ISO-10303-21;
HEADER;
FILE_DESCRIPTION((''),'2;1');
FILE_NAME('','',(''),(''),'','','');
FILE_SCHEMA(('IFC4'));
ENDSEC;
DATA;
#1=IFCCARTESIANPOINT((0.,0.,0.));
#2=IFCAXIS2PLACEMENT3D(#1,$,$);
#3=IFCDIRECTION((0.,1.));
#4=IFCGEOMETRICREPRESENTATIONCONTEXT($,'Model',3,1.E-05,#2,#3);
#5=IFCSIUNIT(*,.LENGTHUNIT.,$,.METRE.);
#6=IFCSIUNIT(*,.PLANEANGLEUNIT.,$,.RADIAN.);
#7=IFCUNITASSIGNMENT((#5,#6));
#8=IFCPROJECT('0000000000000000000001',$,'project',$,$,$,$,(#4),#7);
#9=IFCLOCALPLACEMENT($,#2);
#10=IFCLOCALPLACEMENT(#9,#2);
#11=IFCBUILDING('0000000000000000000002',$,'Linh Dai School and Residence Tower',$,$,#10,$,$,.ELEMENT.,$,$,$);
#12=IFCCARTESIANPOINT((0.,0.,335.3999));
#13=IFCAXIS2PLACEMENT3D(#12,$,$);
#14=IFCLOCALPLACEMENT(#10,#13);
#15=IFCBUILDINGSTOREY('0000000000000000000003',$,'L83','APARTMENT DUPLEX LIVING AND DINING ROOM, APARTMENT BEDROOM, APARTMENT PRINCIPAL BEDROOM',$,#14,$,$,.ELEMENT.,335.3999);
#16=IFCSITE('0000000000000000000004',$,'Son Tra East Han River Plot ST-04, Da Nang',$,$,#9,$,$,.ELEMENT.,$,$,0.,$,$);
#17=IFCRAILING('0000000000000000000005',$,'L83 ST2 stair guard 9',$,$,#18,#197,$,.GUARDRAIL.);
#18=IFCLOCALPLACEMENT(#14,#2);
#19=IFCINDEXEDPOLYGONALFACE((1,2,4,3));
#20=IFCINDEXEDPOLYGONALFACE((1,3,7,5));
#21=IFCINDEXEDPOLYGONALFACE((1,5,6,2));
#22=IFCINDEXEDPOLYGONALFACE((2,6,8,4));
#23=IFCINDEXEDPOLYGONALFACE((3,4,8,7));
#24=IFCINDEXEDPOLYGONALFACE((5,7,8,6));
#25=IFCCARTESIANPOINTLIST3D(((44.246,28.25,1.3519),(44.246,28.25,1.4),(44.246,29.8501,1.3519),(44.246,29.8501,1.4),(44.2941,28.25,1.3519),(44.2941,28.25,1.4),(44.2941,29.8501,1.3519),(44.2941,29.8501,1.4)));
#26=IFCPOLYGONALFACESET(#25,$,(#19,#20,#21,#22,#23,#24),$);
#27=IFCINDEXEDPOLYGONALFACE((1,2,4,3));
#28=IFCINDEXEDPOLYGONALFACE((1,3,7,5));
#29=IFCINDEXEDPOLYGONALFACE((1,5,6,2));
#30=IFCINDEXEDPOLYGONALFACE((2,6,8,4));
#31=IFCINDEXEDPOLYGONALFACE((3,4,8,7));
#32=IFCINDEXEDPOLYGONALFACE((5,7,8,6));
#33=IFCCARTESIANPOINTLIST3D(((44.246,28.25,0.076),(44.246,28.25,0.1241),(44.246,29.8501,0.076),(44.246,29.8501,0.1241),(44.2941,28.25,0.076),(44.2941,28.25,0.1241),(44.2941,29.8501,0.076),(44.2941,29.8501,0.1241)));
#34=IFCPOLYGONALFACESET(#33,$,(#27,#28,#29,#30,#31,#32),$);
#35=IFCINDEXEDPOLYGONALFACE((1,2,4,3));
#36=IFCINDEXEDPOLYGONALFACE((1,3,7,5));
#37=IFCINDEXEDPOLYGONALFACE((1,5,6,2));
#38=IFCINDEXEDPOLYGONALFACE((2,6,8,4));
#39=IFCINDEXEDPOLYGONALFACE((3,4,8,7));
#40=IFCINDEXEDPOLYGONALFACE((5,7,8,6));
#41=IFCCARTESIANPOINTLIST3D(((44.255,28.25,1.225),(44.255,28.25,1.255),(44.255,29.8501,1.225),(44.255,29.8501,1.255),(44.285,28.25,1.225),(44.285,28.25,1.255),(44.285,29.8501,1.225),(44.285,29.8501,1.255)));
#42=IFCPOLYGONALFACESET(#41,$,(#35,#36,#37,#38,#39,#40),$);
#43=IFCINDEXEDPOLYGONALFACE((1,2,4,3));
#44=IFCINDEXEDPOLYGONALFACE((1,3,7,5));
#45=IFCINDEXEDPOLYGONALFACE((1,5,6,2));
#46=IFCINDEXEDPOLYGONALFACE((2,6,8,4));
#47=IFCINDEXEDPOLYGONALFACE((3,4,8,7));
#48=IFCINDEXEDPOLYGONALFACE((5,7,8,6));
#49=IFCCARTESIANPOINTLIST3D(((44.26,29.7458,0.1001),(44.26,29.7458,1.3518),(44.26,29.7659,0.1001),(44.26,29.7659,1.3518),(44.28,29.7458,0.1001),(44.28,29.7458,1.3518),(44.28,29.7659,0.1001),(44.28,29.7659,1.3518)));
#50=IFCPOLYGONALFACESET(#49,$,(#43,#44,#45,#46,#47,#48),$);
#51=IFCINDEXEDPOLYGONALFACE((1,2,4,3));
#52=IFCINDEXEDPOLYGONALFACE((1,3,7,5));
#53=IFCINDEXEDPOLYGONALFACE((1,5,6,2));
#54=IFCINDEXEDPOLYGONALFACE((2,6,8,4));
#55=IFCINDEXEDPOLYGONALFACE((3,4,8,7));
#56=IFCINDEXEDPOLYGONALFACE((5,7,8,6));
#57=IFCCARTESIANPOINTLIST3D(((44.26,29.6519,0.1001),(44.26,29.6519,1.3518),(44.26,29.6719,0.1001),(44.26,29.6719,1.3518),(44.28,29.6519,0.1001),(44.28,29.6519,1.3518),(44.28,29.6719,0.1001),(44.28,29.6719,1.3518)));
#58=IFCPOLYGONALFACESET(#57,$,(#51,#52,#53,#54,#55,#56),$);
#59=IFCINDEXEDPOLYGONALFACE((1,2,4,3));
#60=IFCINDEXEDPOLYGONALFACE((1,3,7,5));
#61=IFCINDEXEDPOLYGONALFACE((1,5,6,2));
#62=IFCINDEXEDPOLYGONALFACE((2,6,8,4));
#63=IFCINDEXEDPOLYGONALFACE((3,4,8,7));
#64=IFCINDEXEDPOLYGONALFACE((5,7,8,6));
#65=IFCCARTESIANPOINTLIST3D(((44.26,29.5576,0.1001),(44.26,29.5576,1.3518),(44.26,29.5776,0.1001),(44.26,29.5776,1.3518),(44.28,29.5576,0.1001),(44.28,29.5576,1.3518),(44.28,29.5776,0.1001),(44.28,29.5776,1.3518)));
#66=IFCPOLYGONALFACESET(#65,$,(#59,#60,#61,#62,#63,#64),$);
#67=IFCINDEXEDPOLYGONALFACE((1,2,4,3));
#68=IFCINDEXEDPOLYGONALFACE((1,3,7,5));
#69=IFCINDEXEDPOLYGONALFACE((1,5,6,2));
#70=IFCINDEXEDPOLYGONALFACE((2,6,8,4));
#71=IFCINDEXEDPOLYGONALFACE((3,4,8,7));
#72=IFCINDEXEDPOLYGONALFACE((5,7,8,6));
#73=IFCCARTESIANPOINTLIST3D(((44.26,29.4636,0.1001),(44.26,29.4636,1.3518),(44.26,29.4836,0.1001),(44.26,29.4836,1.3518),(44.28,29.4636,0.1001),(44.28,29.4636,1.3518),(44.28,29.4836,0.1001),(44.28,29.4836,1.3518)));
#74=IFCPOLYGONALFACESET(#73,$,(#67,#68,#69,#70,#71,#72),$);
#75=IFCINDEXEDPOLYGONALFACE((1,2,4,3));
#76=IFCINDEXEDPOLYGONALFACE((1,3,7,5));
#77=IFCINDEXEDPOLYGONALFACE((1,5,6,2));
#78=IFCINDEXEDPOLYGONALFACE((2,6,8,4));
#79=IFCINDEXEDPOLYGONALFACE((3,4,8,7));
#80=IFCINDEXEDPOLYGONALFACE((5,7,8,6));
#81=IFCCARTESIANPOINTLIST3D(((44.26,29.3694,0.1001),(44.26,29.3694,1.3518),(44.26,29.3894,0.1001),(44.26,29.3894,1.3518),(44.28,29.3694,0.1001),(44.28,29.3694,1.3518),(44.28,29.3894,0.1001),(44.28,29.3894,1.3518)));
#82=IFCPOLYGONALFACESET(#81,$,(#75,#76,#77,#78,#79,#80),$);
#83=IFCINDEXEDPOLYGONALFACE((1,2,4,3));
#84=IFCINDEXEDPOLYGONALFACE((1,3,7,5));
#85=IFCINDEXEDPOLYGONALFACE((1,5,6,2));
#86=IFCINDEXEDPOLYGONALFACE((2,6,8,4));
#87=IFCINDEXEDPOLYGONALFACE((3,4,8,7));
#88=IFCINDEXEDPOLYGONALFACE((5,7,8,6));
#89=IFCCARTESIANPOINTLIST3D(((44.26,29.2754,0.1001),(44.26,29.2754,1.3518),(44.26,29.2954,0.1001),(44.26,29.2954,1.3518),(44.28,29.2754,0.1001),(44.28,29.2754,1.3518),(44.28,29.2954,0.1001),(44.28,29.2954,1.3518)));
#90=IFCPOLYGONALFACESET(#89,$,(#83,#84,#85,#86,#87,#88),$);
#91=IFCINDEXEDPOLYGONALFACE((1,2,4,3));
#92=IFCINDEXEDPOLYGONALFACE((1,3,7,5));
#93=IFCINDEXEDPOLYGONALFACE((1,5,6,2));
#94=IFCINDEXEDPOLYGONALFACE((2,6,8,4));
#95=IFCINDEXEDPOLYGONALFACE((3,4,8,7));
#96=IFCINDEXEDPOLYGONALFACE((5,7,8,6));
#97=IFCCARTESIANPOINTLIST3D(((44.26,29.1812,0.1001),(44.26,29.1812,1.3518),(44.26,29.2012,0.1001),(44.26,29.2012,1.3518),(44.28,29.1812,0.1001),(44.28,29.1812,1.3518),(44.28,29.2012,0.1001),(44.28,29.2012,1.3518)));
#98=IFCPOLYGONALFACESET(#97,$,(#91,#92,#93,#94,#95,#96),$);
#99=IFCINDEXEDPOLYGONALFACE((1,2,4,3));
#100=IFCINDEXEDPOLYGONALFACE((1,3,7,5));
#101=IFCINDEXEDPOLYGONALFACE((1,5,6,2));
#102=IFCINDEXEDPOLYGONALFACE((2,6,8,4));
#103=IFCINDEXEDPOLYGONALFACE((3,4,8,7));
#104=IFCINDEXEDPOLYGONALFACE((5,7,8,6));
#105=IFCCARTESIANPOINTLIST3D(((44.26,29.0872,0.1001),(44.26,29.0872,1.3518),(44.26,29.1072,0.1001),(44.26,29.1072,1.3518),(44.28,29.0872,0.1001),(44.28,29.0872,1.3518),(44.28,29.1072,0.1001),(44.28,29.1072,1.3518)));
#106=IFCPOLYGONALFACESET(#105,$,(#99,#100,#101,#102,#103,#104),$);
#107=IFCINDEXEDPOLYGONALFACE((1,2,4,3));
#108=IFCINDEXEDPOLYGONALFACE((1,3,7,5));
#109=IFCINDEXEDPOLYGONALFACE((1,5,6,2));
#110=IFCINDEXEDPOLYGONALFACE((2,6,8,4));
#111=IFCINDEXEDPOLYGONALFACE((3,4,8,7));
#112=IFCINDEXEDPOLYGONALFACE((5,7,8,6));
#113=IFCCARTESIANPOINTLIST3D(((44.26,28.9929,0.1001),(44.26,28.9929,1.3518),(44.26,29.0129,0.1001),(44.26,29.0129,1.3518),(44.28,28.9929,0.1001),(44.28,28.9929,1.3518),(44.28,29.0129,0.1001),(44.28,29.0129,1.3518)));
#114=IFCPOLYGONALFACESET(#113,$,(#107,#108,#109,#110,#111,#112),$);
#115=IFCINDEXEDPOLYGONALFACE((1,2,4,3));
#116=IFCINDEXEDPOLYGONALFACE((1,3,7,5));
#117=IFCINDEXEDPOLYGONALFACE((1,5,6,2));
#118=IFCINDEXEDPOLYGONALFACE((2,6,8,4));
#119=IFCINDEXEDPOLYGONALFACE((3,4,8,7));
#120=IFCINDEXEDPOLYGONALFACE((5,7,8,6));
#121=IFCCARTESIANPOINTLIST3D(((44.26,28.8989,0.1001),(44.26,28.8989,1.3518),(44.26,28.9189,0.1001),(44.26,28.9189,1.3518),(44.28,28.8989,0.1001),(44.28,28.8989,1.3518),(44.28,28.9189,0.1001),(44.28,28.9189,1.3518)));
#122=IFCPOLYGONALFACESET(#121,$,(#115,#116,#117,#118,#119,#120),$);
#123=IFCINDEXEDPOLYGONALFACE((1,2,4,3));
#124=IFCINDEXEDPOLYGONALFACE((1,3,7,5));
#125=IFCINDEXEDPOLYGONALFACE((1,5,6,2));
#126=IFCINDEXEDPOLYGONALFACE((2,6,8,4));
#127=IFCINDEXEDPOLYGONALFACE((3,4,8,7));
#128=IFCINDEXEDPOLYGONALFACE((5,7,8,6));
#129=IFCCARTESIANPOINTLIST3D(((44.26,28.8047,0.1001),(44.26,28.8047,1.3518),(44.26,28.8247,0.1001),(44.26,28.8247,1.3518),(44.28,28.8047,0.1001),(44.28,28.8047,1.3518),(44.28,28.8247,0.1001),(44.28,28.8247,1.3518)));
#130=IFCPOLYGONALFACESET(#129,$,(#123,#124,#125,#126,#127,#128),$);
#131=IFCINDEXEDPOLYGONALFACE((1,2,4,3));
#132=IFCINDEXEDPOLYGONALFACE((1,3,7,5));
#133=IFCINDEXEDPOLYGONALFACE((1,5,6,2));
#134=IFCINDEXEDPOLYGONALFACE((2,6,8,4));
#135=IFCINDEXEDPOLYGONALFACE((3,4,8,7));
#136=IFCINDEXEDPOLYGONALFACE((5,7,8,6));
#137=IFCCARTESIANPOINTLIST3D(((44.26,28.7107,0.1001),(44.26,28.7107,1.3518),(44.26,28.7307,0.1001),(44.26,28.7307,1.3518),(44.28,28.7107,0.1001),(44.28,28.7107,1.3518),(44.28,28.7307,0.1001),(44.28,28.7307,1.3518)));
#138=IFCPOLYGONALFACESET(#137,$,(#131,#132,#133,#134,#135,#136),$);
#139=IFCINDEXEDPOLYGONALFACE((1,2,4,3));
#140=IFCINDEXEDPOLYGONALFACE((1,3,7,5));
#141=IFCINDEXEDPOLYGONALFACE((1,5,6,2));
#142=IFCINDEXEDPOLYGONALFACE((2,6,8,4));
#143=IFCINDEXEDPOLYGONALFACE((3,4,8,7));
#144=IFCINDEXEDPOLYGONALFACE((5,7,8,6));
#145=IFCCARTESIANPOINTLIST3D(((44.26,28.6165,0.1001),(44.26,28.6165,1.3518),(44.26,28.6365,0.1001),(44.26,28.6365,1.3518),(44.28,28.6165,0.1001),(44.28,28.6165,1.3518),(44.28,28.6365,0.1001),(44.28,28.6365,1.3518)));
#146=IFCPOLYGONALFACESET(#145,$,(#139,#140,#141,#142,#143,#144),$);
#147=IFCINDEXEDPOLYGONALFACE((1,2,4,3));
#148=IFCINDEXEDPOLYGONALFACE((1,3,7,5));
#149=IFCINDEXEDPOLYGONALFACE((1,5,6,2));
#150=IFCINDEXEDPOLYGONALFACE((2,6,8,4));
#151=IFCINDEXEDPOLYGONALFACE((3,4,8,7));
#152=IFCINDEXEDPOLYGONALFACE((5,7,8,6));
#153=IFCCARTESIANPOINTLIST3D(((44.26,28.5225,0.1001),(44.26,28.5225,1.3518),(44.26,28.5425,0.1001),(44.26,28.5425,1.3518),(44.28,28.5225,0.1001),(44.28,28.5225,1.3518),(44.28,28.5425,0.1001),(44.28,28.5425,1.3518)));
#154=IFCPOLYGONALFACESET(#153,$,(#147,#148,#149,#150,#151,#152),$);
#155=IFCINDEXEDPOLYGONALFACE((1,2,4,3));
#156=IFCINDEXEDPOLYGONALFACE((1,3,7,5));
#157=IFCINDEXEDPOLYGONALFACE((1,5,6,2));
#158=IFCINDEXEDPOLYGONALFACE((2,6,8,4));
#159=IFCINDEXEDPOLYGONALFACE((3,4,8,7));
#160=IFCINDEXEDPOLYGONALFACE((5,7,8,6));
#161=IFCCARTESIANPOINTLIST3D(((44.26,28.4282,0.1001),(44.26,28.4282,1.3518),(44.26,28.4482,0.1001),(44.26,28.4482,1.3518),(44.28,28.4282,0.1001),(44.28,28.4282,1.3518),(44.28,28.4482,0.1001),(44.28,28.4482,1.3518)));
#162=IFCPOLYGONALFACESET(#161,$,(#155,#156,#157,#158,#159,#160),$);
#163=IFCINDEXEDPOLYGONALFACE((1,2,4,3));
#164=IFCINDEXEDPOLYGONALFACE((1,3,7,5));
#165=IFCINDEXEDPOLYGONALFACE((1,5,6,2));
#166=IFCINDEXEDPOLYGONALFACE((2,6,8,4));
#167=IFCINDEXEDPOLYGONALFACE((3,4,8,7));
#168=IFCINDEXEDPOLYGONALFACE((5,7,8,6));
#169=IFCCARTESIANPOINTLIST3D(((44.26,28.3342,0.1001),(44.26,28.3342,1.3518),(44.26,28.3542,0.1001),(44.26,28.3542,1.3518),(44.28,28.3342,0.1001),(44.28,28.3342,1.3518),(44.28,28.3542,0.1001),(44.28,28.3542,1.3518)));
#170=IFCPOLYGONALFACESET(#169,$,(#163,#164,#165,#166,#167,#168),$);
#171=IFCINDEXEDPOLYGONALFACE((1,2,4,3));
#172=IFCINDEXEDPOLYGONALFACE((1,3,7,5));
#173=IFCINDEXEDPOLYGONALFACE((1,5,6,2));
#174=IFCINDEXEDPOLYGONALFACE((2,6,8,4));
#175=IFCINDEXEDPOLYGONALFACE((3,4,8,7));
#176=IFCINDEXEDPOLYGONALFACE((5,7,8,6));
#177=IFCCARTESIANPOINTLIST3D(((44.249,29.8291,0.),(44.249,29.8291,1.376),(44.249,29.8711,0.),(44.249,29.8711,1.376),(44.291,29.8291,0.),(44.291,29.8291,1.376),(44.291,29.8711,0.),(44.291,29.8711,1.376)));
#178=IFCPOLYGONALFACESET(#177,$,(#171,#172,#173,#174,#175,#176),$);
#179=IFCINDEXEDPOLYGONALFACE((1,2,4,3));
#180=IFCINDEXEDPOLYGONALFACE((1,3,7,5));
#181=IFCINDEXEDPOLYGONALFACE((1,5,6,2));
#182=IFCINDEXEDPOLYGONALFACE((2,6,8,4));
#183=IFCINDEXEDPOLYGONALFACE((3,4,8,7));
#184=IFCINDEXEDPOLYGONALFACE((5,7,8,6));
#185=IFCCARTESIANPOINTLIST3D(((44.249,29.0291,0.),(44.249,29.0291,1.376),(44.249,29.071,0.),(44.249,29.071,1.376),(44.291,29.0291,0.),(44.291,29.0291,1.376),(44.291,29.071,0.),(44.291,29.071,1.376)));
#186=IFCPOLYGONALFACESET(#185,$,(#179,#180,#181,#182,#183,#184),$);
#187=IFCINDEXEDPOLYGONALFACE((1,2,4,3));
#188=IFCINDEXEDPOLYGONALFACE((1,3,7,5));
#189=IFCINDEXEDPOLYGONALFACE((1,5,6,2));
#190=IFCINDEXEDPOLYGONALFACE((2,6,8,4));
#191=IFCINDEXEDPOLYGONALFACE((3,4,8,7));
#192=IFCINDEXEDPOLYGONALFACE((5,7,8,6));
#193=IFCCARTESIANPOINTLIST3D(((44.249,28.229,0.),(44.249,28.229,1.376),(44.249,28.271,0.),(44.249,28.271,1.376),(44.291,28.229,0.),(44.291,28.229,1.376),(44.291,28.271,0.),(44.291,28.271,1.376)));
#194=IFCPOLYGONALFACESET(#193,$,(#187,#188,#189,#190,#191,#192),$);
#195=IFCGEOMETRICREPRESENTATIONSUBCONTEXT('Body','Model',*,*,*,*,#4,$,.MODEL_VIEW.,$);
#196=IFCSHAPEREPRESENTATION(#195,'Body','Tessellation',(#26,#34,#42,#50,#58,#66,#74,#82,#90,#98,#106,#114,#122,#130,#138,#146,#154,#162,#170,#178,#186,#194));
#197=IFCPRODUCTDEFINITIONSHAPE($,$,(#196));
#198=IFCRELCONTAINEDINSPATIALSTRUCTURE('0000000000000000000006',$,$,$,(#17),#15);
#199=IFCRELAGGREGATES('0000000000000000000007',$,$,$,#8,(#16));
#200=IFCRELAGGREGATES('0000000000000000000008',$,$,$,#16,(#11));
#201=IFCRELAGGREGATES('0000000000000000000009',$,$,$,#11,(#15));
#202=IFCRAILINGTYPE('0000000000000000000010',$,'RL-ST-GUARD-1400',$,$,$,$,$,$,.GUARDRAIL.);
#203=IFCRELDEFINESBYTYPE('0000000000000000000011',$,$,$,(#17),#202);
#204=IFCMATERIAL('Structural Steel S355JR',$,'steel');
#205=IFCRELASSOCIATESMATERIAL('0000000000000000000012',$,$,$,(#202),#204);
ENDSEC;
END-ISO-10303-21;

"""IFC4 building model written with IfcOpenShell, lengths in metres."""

from ifc_helpers import new_model, si_unit, direction, frame, origin, origin_2d, place, context, subcontext, project, spatial, rectangle, extrude, source, transform, mapped, material, type_object, element, save


model = new_model("IFC4")

# Units and contexts
model_context = context("Model", 3, precision=1e-05, world=origin(), true_north=direction((0.0, 1.0)))
body_context = subcontext(model_context, "Body", "Model", "MODEL_VIEW")
ifc_project = project(units=[si_unit("LENGTHUNIT", "METRE"), si_unit("PLANEANGLEUNIT", "RADIAN")], contexts=[model_context])

# Site, building, storey
site_placement = place(None, origin())
site = spatial("IfcSite", under=ifc_project, at=site_placement, Name="Son Tra East Han River Plot ST-04, Da Nang", CompositionType="ELEMENT", RefElevation=0.0)
building_placement = place(site_placement, origin())
building = spatial("IfcBuilding", under=site, at=building_placement, Name="Linh Dai School and Residence Tower", CompositionType="ELEMENT")
storey_placement = place(building_placement, frame((0.0, 0.0, 335.3999)))
storey = spatial("IfcBuildingStorey", under=building, at=storey_placement, Name="L83", Description="APARTMENT DUPLEX LIVING AND DINING ROOM, APARTMENT BEDROOM, APARTMENT PRINCIPAL BEDROOM", CompositionType="ELEMENT", Elevation=335.3999)

# Shared definitions
ifc_material_1 = material(Name="Structural Steel S355JR", Category="steel")

# Railing
railing_type_1 = type_object("IfcRailingType", Name="RL-ST-GUARD-1400", PredefinedType="GUARDRAIL", material=ifc_material_1)
shared_shape_1 = source(origin(), body_context, "Body", "SweptSolid", [
    extrude(rectangle(XDim=0.0481, YDim=0.0481, at=origin_2d()), frame((0.0, 0.0, 1.376), z_axis=(0.0, -1.0, 0.0), x_axis=(1.0, 0.0, 0.0)), (0.0, 0.0, 1.0), 1.6001),
    extrude(rectangle(XDim=0.0481, YDim=0.0481, at=origin_2d()), frame((0.0, 0.0, 0.1001), z_axis=(0.0, -1.0, 0.0), x_axis=(1.0, 0.0, 0.0)), (0.0, 0.0, 1.0), 1.6001),
    extrude(rectangle(XDim=0.03, YDim=0.03, at=origin_2d()), frame((0.0, 0.0, 1.24), z_axis=(0.0, -1.0, 0.0), x_axis=(1.0, 0.0, 0.0)), (0.0, 0.0, 1.0), 1.6001),
    extrude(rectangle(XDim=0.02, YDim=0.02, at=origin_2d()), frame((0.0, -0.0942, 0.1001)), (0.0, 0.0, 1.0), 1.2517),
    extrude(rectangle(XDim=0.02, YDim=0.02, at=origin_2d()), frame((0.0, -0.1882, 0.1001)), (0.0, 0.0, 1.0), 1.2517),
    extrude(rectangle(XDim=0.02, YDim=0.02, at=origin_2d()), frame((0.0, -0.2825, 0.1001)), (0.0, 0.0, 1.0), 1.2517),
    extrude(rectangle(XDim=0.02, YDim=0.02, at=origin_2d()), frame((0.0, -0.3765, 0.1001)), (0.0, 0.0, 1.0), 1.2517),
    extrude(rectangle(XDim=0.02, YDim=0.02, at=origin_2d()), frame((0.0, -0.4707, 0.1001)), (0.0, 0.0, 1.0), 1.2517),
    extrude(rectangle(XDim=0.02, YDim=0.02, at=origin_2d()), frame((0.0, -0.5647, 0.1001)), (0.0, 0.0, 1.0), 1.2517),
    extrude(rectangle(XDim=0.02, YDim=0.02, at=origin_2d()), frame((0.0, -0.6589, 0.1001)), (0.0, 0.0, 1.0), 1.2517),
    extrude(rectangle(XDim=0.02, YDim=0.02, at=origin_2d()), frame((0.0, -0.7529, 0.1001)), (0.0, 0.0, 1.0), 1.2517),
    extrude(rectangle(XDim=0.02, YDim=0.02, at=origin_2d()), frame((0.0, -0.8472, 0.1001)), (0.0, 0.0, 1.0), 1.2517),
    extrude(rectangle(XDim=0.02, YDim=0.02, at=origin_2d()), frame((0.0, -0.9412, 0.1001)), (0.0, 0.0, 1.0), 1.2517),
    extrude(rectangle(XDim=0.02, YDim=0.02, at=origin_2d()), frame((0.0, -1.0354, 0.1001)), (0.0, 0.0, 1.0), 1.2517),
    extrude(rectangle(XDim=0.02, YDim=0.02, at=origin_2d()), frame((0.0, -1.1294, 0.1001)), (0.0, 0.0, 1.0), 1.2517),
    extrude(rectangle(XDim=0.02, YDim=0.02, at=origin_2d()), frame((0.0, -1.2236, 0.1001)), (0.0, 0.0, 1.0), 1.2517),
    extrude(rectangle(XDim=0.02, YDim=0.02, at=origin_2d()), frame((0.0, -1.3176, 0.1001)), (0.0, 0.0, 1.0), 1.2517),
    extrude(rectangle(XDim=0.02, YDim=0.02, at=origin_2d()), frame((0.0, -1.4119, 0.1001)), (0.0, 0.0, 1.0), 1.2517),
    extrude(rectangle(XDim=0.02, YDim=0.02, at=origin_2d()), frame((0.0, -1.5059, 0.1001)), (0.0, 0.0, 1.0), 1.2517),
    extrude(rectangle(XDim=0.042, YDim=0.042, at=origin_2d()), origin(), (0.0, 0.0, 1.0), 1.376),
    extrude(rectangle(XDim=0.042, YDim=0.042, at=origin_2d()), frame((0.0, -0.8, 0.0)), (0.0, 0.0, 1.0), 1.376),
    extrude(rectangle(XDim=0.042, YDim=0.042, at=origin_2d()), frame((0.0, -1.6001, 0.0)), (0.0, 0.0, 1.0), 1.376),
])
for number, where, name in (
    (1, (44.27, 29.8501, 0.0), "L83 ST2 stair guard 9"),
):
    element("IfcRailing", number, at=place(storey_placement, frame(where)), inside=storey, type_object=railing_type_1, Name=name, PredefinedType="GUARDRAIL", context=body_context, shape_type="MappedRepresentation", body=[
        mapped(shared_shape_1, transform((0.0, 0.0, 0.0), x_axis=(1.0, 0.0, 0.0), y_axis=(0.0, 1.0, 0.0), z_axis=(0.0, 0.0, 1.0), scale=1.0)),
    ])

save(model, "model.ifc")
